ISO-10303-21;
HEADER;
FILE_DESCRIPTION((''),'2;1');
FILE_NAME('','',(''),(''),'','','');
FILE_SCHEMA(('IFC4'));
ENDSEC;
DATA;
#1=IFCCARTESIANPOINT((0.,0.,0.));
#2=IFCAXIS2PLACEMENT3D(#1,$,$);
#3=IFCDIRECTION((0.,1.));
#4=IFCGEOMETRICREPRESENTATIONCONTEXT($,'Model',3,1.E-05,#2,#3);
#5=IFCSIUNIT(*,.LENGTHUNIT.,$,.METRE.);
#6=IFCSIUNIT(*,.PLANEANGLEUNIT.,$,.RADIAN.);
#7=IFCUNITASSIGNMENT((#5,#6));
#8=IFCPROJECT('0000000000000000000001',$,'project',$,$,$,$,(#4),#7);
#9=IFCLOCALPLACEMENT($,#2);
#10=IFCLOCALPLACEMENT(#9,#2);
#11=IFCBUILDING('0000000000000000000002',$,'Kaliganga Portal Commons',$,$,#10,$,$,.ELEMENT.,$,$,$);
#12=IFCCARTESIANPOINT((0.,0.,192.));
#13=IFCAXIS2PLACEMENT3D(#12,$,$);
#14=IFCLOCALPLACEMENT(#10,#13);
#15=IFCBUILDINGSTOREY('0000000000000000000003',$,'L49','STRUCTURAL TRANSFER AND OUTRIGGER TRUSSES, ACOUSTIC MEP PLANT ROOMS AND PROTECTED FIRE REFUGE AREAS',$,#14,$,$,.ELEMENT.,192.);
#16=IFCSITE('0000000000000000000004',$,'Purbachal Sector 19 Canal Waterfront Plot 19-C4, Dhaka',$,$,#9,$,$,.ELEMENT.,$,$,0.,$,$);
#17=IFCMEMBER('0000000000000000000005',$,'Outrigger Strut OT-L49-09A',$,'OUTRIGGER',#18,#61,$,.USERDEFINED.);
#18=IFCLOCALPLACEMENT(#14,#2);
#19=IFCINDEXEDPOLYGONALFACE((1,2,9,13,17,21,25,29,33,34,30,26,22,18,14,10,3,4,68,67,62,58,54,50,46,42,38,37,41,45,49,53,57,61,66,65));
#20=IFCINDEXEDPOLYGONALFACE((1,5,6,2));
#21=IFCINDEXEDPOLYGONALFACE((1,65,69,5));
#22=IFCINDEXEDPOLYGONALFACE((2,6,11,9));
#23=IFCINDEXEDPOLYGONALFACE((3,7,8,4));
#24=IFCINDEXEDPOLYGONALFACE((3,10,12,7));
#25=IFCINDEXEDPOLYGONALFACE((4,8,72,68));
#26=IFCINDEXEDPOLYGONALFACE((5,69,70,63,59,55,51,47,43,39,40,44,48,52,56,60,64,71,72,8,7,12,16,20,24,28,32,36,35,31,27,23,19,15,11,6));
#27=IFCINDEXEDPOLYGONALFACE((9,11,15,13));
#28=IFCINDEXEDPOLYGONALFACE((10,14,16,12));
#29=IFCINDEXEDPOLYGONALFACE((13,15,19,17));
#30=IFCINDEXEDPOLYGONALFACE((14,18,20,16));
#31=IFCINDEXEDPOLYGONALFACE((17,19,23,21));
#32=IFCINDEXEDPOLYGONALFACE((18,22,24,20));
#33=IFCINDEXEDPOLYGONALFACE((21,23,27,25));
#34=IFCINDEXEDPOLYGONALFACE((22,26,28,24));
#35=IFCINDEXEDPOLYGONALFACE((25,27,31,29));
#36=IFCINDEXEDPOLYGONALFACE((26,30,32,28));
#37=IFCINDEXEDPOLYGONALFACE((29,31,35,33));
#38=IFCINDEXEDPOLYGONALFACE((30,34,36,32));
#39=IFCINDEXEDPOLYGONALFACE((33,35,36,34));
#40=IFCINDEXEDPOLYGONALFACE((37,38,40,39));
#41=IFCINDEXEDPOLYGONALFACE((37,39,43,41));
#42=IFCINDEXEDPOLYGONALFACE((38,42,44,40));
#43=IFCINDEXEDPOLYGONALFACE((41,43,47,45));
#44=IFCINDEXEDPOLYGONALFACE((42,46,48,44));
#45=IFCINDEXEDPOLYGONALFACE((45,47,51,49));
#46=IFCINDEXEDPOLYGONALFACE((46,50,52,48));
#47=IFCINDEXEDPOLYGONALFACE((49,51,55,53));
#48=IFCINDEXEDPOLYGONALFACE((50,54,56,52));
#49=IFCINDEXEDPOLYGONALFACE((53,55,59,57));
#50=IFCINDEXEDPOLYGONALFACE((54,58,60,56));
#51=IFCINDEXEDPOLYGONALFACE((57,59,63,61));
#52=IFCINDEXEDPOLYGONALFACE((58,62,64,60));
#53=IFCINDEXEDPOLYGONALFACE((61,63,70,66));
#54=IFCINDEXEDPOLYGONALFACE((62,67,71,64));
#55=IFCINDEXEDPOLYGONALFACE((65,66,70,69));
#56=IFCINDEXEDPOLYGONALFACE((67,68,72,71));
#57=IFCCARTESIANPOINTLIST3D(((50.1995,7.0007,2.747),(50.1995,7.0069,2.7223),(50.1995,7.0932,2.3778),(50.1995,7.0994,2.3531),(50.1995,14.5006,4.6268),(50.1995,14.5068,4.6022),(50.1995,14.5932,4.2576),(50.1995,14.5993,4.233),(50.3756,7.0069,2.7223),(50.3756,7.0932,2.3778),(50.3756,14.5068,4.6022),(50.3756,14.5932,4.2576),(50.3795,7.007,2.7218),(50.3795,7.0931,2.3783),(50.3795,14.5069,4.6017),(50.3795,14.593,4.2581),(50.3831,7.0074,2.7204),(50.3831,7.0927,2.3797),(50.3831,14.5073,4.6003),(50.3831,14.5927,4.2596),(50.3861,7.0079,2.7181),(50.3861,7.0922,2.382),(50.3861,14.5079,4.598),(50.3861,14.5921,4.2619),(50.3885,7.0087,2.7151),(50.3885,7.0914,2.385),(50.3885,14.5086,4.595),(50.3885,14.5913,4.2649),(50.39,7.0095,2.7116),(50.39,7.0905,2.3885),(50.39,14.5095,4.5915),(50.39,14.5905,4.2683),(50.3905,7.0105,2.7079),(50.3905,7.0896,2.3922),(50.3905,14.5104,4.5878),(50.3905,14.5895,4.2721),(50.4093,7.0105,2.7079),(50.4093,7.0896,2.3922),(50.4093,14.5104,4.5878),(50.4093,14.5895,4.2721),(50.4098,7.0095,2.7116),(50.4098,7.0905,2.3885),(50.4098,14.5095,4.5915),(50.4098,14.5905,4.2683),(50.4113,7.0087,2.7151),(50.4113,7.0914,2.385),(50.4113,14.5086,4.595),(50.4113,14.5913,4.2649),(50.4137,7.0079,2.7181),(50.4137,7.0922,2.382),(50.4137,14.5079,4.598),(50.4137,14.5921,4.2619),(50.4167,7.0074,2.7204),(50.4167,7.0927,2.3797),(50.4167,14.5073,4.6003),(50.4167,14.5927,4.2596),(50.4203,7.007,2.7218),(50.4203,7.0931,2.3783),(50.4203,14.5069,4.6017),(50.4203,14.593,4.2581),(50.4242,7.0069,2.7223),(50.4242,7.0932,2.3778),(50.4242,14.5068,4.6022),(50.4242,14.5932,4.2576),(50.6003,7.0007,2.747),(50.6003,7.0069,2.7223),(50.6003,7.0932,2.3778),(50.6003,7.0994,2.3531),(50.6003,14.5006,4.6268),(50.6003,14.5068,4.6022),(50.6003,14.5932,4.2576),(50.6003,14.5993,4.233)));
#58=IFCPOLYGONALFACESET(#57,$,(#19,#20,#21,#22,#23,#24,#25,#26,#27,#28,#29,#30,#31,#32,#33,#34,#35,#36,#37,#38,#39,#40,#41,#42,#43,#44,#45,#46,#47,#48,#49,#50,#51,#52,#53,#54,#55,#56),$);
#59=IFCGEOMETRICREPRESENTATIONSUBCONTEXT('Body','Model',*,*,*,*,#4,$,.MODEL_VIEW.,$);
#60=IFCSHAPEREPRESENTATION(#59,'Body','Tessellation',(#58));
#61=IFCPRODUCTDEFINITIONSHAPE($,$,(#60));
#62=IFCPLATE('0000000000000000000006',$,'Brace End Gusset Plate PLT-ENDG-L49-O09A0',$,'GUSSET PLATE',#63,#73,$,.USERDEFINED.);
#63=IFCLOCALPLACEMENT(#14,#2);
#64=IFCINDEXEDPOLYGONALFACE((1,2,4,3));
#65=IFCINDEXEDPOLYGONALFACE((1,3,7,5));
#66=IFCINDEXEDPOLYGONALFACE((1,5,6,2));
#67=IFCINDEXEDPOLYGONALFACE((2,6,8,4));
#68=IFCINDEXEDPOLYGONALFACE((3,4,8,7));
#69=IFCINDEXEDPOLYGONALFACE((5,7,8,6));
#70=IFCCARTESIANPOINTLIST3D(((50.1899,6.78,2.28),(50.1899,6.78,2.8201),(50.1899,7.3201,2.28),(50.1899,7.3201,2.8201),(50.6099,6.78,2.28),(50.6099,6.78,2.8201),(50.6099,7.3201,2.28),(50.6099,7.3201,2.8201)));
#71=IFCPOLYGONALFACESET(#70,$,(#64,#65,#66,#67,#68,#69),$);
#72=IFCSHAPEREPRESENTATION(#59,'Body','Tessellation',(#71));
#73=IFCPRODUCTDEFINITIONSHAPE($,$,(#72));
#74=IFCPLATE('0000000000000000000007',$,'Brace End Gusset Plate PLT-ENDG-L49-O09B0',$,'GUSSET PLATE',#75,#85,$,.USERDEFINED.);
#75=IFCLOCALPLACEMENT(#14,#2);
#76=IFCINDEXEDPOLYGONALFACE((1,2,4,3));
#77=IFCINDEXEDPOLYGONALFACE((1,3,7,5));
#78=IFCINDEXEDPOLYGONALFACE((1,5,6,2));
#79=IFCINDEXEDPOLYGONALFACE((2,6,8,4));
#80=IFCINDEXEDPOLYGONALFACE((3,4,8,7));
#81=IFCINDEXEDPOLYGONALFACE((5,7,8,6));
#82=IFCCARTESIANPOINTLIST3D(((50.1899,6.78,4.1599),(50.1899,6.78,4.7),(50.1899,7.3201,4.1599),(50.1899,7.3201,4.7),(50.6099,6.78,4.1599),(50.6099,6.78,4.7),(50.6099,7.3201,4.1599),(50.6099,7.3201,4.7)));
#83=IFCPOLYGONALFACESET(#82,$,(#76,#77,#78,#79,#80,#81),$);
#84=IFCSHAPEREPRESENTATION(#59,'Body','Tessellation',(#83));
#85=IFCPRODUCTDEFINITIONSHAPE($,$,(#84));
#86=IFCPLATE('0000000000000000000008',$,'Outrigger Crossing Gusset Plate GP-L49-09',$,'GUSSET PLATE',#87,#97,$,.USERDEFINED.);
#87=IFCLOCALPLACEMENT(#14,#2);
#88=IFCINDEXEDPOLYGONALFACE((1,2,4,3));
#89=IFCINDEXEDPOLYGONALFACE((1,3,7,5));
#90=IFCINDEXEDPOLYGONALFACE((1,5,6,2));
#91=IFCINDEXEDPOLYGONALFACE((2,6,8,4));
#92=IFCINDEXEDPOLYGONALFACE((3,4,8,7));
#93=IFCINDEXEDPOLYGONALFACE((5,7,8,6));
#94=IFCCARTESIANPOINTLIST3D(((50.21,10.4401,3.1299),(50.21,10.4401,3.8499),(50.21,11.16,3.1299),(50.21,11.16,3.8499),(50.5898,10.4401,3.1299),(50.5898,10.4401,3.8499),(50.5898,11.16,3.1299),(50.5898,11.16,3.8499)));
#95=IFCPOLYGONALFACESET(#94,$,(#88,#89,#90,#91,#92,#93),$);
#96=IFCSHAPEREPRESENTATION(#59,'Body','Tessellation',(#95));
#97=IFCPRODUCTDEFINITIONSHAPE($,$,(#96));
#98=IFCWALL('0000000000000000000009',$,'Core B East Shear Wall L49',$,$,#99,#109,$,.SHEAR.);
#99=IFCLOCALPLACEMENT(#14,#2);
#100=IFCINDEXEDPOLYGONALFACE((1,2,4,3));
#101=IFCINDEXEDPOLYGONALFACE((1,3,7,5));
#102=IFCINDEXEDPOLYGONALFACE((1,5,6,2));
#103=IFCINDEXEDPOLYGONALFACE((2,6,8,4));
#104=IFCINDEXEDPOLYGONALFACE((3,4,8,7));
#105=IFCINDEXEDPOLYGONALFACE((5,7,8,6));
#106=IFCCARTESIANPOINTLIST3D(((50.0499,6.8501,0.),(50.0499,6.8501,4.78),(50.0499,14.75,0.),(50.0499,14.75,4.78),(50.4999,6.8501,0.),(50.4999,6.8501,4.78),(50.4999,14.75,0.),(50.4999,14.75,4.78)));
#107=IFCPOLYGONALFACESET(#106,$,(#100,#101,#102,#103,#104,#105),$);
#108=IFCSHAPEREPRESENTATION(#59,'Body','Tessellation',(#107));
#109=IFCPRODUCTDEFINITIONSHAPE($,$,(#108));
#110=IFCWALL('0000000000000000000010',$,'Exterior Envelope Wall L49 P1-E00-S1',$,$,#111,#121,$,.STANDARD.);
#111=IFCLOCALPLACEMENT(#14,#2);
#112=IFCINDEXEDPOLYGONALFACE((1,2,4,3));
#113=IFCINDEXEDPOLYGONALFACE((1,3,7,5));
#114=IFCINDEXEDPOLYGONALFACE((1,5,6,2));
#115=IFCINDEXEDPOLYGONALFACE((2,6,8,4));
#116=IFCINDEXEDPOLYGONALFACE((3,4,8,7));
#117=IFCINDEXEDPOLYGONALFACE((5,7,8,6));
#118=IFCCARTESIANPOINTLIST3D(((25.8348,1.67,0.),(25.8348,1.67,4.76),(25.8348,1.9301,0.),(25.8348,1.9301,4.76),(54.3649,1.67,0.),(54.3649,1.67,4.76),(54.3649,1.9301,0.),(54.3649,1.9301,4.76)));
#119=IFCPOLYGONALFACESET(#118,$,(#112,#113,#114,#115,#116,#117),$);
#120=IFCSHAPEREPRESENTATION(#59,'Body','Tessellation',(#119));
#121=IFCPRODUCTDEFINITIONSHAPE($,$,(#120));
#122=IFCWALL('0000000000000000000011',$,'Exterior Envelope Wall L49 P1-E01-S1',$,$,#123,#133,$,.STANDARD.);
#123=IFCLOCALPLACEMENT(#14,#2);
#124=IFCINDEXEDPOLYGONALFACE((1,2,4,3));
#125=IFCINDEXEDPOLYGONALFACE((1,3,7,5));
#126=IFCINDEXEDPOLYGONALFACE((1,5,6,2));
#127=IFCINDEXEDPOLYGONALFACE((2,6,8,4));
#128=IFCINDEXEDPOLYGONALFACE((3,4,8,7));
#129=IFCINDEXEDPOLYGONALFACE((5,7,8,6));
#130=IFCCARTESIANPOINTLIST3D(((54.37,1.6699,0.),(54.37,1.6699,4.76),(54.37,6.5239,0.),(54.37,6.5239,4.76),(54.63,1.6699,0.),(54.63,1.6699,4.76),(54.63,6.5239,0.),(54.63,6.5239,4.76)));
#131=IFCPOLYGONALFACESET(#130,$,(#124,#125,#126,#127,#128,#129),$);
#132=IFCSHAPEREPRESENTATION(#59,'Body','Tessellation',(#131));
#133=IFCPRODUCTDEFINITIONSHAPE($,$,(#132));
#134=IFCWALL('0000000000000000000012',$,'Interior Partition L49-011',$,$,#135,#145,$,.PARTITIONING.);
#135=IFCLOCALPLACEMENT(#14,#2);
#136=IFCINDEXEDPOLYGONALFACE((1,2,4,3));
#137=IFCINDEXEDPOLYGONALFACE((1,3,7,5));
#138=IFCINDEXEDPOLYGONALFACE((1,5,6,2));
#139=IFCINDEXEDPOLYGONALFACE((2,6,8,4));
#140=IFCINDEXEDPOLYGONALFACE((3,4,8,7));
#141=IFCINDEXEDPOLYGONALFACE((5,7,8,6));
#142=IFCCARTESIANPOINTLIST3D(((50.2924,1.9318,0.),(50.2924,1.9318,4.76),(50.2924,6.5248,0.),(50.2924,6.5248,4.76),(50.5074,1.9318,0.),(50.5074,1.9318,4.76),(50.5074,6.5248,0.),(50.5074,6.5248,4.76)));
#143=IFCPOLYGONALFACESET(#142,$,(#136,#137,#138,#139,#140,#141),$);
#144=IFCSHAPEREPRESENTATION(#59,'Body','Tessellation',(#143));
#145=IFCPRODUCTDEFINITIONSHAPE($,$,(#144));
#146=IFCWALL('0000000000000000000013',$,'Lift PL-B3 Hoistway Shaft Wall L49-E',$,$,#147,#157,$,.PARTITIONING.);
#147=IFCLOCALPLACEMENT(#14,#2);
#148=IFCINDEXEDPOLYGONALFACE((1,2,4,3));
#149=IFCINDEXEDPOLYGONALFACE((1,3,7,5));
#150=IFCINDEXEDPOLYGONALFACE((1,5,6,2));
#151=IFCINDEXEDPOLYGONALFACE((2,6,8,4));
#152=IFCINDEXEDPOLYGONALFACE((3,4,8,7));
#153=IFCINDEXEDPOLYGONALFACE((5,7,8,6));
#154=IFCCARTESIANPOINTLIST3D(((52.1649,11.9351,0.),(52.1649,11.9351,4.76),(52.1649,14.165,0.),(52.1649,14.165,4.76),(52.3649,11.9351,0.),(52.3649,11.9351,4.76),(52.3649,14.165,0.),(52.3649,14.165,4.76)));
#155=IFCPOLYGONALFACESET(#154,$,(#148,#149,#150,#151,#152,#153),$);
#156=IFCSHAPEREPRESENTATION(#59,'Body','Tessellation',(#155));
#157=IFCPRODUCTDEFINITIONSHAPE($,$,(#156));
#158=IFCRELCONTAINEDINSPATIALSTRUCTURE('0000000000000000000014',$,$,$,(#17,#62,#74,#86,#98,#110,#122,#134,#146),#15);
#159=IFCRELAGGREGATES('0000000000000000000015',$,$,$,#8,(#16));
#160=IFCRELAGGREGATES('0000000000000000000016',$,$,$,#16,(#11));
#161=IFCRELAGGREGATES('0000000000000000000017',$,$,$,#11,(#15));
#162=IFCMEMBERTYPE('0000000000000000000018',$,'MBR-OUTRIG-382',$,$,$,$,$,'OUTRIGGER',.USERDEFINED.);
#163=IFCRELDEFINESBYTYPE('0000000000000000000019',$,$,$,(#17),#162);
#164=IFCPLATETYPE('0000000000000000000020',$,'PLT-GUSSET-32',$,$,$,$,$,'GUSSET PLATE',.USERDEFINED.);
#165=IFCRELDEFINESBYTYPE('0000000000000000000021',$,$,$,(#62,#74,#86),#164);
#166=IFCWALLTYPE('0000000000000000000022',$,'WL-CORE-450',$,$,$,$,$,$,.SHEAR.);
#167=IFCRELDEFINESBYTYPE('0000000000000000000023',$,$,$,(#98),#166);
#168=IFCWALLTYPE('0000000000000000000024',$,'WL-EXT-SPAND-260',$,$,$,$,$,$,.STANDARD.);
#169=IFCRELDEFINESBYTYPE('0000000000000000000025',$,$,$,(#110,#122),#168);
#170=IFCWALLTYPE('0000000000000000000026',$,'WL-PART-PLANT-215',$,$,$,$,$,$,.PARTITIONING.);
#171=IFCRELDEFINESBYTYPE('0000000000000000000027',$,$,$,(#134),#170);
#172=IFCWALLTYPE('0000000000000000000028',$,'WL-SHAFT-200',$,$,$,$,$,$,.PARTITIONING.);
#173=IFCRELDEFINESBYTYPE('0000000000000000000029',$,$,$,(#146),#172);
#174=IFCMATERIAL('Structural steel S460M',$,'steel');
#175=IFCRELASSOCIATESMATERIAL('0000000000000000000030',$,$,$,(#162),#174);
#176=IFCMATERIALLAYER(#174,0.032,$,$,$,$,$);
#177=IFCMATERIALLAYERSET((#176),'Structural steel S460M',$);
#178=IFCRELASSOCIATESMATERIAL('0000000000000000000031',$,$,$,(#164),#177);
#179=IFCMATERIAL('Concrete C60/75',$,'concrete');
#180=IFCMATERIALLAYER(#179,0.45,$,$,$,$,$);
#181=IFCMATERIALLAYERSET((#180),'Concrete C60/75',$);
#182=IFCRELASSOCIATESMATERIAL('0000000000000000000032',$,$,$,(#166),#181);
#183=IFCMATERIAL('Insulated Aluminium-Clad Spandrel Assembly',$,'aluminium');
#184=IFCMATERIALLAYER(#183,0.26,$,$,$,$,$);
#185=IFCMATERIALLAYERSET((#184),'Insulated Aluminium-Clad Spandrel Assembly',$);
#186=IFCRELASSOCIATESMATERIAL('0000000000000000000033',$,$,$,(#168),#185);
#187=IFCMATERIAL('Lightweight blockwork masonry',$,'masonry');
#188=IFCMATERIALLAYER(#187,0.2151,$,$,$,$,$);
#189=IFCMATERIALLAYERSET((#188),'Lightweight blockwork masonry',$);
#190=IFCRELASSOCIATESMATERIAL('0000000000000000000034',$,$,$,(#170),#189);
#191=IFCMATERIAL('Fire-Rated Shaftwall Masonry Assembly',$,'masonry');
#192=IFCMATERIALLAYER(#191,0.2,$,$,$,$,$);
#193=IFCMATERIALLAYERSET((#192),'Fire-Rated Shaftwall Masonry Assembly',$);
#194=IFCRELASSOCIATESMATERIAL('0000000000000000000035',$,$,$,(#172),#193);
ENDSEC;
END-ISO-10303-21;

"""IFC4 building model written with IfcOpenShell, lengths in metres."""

from ifc_helpers import new_model, si_unit, direction, frame, frame_2d, origin, origin_2d, place, context, subcontext, project, spatial, rectangle, i_section, extrude, source, transform, mapped, material, layer, layer_set, material_profile, profile_set, type_object, element, save


model = new_model("IFC4")

# Units and contexts
model_context = context("Model", 3, precision=1e-05, world=origin(), true_north=direction((0.0, 1.0)))
body_context = subcontext(model_context, "Body", "Model", "MODEL_VIEW")
ifc_project = project(units=[si_unit("LENGTHUNIT", "METRE"), si_unit("PLANEANGLEUNIT", "RADIAN")], contexts=[model_context])

# Site, building, storey
site_placement = place(None, origin())
site = spatial("IfcSite", under=ifc_project, at=site_placement, Name="Purbachal Sector 19 Canal Waterfront Plot 19-C4, Dhaka", CompositionType="ELEMENT", RefElevation=0.0)
building_placement = place(site_placement, origin())
building = spatial("IfcBuilding", under=site, at=building_placement, Name="Kaliganga Portal Commons", CompositionType="ELEMENT")
storey_placement = place(building_placement, frame((0.0, 0.0, 192.0)))
storey = spatial("IfcBuildingStorey", under=building, at=storey_placement, Name="L49", Description="STRUCTURAL TRANSFER AND OUTRIGGER TRUSSES, ACOUSTIC MEP PLANT ROOMS AND PROTECTED FIRE REFUGE AREAS", CompositionType="ELEMENT", Elevation=192.0)

# Shared definitions
ifc_material_1 = material(Name="Concrete C60/75", Category="concrete")

# Member
ifc_material_2 = material(Name="Structural steel S460M", Category="steel")
ifc_material_profile_1 = material_profile(ifc_material_2, i_section(OverallWidth=0.4009, OverallDepth=0.406, WebThickness=0.0188, FlangeThickness=0.0254, FilletRadius=0.0149, at=origin_2d()), Name="HD 400x314")
ifc_profile_set_1 = profile_set([ifc_material_profile_1], Name="Structural steel S460M wide-flange")
member_type_1 = type_object("IfcMemberType", Name="MBR-OUTRIG-382", ElementType="OUTRIGGER", PredefinedType="USERDEFINED", material=ifc_profile_set_1)
shared_shape_1 = source(origin(), body_context, "Body", "SweptSolid", [
    extrude(i_section(OverallWidth=0.4009, OverallDepth=0.406, WebThickness=0.0188, FlangeThickness=0.0254, FilletRadius=0.0149, at=origin_2d()), origin(), (0.0, 0.0, 1.0), 7.7319),
])
member_placement = place(storey_placement, frame((50.3999, 7.05, 2.55), z_axis=(0.0, 0.969994, 0.24313), x_axis=(-1.0, 0.0, 0.0)))
element("IfcMember", 1, at=member_placement, inside=storey, type_object=member_type_1, Name="Outrigger Strut OT-L49-09A", ObjectType="OUTRIGGER", PredefinedType="USERDEFINED", context=body_context, shape_type="MappedRepresentation", body=[
    mapped(shared_shape_1, transform((0.0, 0.0, 0.0), x_axis=(1.0, 0.0, 0.0), y_axis=(0.0, 1.0, 0.0), z_axis=(0.0, 0.0, 1.0), scale=1.0)),
])

# Plates
ifc_layer_1 = layer(ifc_material_2, 0.032)
ifc_layer_set_1 = layer_set([ifc_layer_1], Name="Structural steel S460M")
plate_type = type_object("IfcPlateType", Name="PLT-GUSSET-32", ElementType="GUSSET PLATE", PredefinedType="USERDEFINED", material=ifc_layer_set_1)
shared_shape_2 = source(origin(), body_context, "Body", "SweptSolid", [
    extrude(rectangle(XDim=0.54, YDim=0.4199, at=origin_2d()), origin(), (0.0, 0.0, 1.0), 0.54),
])
for number, where, z_axis, x_axis, name in (
    (2, (50.3999, 7.05, 2.28), (0.0, 0.0, 1.0), (0.0, 1.0, 0.0), "Brace End Gusset Plate PLT-ENDG-L49-O09A0"),
    (3, (50.3999, 7.05, 4.1599), (0.0, 0.0, 1.0), (0.0, 1.0, 0.0), "Brace End Gusset Plate PLT-ENDG-L49-O09B0"),
):
    element("IfcPlate", number, at=place(storey_placement, frame(where, z_axis=z_axis, x_axis=x_axis)), inside=storey, type_object=plate_type, Name=name, ObjectType="GUSSET PLATE", PredefinedType="USERDEFINED", context=body_context, shape_type="MappedRepresentation", body=[
        mapped(shared_shape_2, transform((0.0, 0.0, 0.0), x_axis=(1.0, 0.0, 0.0), y_axis=(0.0, 1.0, 0.0), z_axis=(0.0, 0.0, 1.0), scale=1.0)),
    ])
shared_shape_3 = source(origin(), body_context, "Body", "SweptSolid", [
    extrude(rectangle(XDim=0.72, YDim=0.3799, at=origin_2d()), origin(), (0.0, 0.0, 1.0), 0.72),
])
plate_placement = place(storey_placement, frame((50.3999, 10.8, 3.1299), z_axis=(0.0, 0.0, 1.0), x_axis=(0.0, 1.0, 0.0)))
element("IfcPlate", 4, at=plate_placement, inside=storey, type_object=plate_type, Name="Outrigger Crossing Gusset Plate GP-L49-09", ObjectType="GUSSET PLATE", PredefinedType="USERDEFINED", context=body_context, shape_type="MappedRepresentation", body=[
    mapped(shared_shape_3, transform((0.0, 0.0, 0.0), x_axis=(1.0, 0.0, 0.0), y_axis=(0.0, 1.0, 0.0), z_axis=(0.0, 0.0, 1.0), scale=1.0)),
])

# Walls
ifc_layer_2 = layer(ifc_material_1, 0.45)
ifc_layer_set_2 = layer_set([ifc_layer_2], Name="Concrete C60/75")
wall_type_1 = type_object("IfcWallType", Name="WL-CORE-450", PredefinedType="SHEAR", material=ifc_layer_set_2)
wall_1_placement = place(storey_placement, frame((50.2749, 6.8501, 0.0), z_axis=(0.0, 0.0, 1.0), x_axis=(0.0, 1.0, 0.0)))
element("IfcWall", 5, at=wall_1_placement, inside=storey, type_object=wall_type_1, Name="Core B East Shear Wall L49", PredefinedType="SHEAR", context=body_context, shape_type="SweptSolid", body=[
    extrude(rectangle(XDim=7.8999, YDim=0.45, at=frame_2d((3.95, 0.0))), origin(), (0.0, 0.0, 1.0), 4.78),
])
ifc_material_3 = material(Name="Insulated Aluminium-Clad Spandrel Assembly", Category="aluminium")
ifc_layer_3 = layer(ifc_material_3, 0.26)
ifc_layer_set_3 = layer_set([ifc_layer_3], Name="Insulated Aluminium-Clad Spandrel Assembly")
wall_type_2 = type_object("IfcWallType", Name="WL-EXT-SPAND-260", PredefinedType="STANDARD", material=ifc_layer_set_3)
wall_2_placement = place(storey_placement, frame((54.365, 1.8, 0.0), z_axis=(0.0, 0.0, 1.0), x_axis=(-1.0, 0.0, 0.0)))
element("IfcWall", 6, at=wall_2_placement, inside=storey, type_object=wall_type_2, Name="Exterior Envelope Wall L49 P1-E00-S1", PredefinedType="STANDARD", context=body_context, shape_type="SweptSolid", body=[
    extrude(rectangle(XDim=28.53, YDim=0.26, at=frame_2d((14.2651, 0.0))), origin(), (0.0, 0.0, 1.0), 4.76),
])
wall_3_placement = place(storey_placement, frame((54.5, 6.5239, 0.0), z_axis=(0.0, 0.0, 1.0), x_axis=(0.0, -1.0, 0.0)))
element("IfcWall", 7, at=wall_3_placement, inside=storey, type_object=wall_type_2, Name="Exterior Envelope Wall L49 P1-E01-S1", PredefinedType="STANDARD", context=body_context, shape_type="SweptSolid", body=[
    extrude(rectangle(XDim=4.854, YDim=0.26, at=frame_2d((2.427, 0.0))), origin(), (0.0, 0.0, 1.0), 4.76),
])
ifc_material_4 = material(Name="Lightweight blockwork masonry", Category="masonry")
ifc_layer_4 = layer(ifc_material_4, 0.2151)
ifc_layer_set_4 = layer_set([ifc_layer_4], Name="Lightweight blockwork masonry")
wall_type_3 = type_object("IfcWallType", Name="WL-PART-PLANT-215", PredefinedType="PARTITIONING", material=ifc_layer_set_4)
wall_4_placement = place(storey_placement, frame((50.3999, 1.9319, 0.0), z_axis=(0.0, 0.0, 1.0), x_axis=(0.0, 1.0, 0.0)))
element("IfcWall", 8, at=wall_4_placement, inside=storey, type_object=wall_type_3, Name="Interior Partition L49-011", PredefinedType="PARTITIONING", context=body_context, shape_type="SweptSolid", body=[
    extrude(rectangle(XDim=4.593, YDim=0.2151, at=frame_2d((2.2964, 0.0))), origin(), (0.0, 0.0, 1.0), 4.76),
])

# Shared definitions
ifc_material_5 = material(Name="Fire-Rated Shaftwall Masonry Assembly", Category="masonry")
ifc_layer_5 = layer(ifc_material_5, 0.2)
ifc_layer_set_5 = layer_set([ifc_layer_5], Name="Fire-Rated Shaftwall Masonry Assembly")
wall_type_4 = type_object("IfcWallType", Name="WL-SHAFT-200", PredefinedType="PARTITIONING", material=ifc_layer_set_5)

# Wall
wall_5_placement = place(storey_placement, frame((52.2649, 11.9351, 0.0), z_axis=(0.0, 0.0, 1.0), x_axis=(0.0, 1.0, 0.0)))
element("IfcWall", 9, at=wall_5_placement, inside=storey, type_object=wall_type_4, Name="Lift PL-B3 Hoistway Shaft Wall L49-E", PredefinedType="PARTITIONING", context=body_context, shape_type="SweptSolid", body=[
    extrude(rectangle(XDim=2.23, YDim=0.2, at=frame_2d((1.115, 0.0))), origin(), (0.0, 0.0, 1.0), 4.76),
])

save(model, "model.ifc")
